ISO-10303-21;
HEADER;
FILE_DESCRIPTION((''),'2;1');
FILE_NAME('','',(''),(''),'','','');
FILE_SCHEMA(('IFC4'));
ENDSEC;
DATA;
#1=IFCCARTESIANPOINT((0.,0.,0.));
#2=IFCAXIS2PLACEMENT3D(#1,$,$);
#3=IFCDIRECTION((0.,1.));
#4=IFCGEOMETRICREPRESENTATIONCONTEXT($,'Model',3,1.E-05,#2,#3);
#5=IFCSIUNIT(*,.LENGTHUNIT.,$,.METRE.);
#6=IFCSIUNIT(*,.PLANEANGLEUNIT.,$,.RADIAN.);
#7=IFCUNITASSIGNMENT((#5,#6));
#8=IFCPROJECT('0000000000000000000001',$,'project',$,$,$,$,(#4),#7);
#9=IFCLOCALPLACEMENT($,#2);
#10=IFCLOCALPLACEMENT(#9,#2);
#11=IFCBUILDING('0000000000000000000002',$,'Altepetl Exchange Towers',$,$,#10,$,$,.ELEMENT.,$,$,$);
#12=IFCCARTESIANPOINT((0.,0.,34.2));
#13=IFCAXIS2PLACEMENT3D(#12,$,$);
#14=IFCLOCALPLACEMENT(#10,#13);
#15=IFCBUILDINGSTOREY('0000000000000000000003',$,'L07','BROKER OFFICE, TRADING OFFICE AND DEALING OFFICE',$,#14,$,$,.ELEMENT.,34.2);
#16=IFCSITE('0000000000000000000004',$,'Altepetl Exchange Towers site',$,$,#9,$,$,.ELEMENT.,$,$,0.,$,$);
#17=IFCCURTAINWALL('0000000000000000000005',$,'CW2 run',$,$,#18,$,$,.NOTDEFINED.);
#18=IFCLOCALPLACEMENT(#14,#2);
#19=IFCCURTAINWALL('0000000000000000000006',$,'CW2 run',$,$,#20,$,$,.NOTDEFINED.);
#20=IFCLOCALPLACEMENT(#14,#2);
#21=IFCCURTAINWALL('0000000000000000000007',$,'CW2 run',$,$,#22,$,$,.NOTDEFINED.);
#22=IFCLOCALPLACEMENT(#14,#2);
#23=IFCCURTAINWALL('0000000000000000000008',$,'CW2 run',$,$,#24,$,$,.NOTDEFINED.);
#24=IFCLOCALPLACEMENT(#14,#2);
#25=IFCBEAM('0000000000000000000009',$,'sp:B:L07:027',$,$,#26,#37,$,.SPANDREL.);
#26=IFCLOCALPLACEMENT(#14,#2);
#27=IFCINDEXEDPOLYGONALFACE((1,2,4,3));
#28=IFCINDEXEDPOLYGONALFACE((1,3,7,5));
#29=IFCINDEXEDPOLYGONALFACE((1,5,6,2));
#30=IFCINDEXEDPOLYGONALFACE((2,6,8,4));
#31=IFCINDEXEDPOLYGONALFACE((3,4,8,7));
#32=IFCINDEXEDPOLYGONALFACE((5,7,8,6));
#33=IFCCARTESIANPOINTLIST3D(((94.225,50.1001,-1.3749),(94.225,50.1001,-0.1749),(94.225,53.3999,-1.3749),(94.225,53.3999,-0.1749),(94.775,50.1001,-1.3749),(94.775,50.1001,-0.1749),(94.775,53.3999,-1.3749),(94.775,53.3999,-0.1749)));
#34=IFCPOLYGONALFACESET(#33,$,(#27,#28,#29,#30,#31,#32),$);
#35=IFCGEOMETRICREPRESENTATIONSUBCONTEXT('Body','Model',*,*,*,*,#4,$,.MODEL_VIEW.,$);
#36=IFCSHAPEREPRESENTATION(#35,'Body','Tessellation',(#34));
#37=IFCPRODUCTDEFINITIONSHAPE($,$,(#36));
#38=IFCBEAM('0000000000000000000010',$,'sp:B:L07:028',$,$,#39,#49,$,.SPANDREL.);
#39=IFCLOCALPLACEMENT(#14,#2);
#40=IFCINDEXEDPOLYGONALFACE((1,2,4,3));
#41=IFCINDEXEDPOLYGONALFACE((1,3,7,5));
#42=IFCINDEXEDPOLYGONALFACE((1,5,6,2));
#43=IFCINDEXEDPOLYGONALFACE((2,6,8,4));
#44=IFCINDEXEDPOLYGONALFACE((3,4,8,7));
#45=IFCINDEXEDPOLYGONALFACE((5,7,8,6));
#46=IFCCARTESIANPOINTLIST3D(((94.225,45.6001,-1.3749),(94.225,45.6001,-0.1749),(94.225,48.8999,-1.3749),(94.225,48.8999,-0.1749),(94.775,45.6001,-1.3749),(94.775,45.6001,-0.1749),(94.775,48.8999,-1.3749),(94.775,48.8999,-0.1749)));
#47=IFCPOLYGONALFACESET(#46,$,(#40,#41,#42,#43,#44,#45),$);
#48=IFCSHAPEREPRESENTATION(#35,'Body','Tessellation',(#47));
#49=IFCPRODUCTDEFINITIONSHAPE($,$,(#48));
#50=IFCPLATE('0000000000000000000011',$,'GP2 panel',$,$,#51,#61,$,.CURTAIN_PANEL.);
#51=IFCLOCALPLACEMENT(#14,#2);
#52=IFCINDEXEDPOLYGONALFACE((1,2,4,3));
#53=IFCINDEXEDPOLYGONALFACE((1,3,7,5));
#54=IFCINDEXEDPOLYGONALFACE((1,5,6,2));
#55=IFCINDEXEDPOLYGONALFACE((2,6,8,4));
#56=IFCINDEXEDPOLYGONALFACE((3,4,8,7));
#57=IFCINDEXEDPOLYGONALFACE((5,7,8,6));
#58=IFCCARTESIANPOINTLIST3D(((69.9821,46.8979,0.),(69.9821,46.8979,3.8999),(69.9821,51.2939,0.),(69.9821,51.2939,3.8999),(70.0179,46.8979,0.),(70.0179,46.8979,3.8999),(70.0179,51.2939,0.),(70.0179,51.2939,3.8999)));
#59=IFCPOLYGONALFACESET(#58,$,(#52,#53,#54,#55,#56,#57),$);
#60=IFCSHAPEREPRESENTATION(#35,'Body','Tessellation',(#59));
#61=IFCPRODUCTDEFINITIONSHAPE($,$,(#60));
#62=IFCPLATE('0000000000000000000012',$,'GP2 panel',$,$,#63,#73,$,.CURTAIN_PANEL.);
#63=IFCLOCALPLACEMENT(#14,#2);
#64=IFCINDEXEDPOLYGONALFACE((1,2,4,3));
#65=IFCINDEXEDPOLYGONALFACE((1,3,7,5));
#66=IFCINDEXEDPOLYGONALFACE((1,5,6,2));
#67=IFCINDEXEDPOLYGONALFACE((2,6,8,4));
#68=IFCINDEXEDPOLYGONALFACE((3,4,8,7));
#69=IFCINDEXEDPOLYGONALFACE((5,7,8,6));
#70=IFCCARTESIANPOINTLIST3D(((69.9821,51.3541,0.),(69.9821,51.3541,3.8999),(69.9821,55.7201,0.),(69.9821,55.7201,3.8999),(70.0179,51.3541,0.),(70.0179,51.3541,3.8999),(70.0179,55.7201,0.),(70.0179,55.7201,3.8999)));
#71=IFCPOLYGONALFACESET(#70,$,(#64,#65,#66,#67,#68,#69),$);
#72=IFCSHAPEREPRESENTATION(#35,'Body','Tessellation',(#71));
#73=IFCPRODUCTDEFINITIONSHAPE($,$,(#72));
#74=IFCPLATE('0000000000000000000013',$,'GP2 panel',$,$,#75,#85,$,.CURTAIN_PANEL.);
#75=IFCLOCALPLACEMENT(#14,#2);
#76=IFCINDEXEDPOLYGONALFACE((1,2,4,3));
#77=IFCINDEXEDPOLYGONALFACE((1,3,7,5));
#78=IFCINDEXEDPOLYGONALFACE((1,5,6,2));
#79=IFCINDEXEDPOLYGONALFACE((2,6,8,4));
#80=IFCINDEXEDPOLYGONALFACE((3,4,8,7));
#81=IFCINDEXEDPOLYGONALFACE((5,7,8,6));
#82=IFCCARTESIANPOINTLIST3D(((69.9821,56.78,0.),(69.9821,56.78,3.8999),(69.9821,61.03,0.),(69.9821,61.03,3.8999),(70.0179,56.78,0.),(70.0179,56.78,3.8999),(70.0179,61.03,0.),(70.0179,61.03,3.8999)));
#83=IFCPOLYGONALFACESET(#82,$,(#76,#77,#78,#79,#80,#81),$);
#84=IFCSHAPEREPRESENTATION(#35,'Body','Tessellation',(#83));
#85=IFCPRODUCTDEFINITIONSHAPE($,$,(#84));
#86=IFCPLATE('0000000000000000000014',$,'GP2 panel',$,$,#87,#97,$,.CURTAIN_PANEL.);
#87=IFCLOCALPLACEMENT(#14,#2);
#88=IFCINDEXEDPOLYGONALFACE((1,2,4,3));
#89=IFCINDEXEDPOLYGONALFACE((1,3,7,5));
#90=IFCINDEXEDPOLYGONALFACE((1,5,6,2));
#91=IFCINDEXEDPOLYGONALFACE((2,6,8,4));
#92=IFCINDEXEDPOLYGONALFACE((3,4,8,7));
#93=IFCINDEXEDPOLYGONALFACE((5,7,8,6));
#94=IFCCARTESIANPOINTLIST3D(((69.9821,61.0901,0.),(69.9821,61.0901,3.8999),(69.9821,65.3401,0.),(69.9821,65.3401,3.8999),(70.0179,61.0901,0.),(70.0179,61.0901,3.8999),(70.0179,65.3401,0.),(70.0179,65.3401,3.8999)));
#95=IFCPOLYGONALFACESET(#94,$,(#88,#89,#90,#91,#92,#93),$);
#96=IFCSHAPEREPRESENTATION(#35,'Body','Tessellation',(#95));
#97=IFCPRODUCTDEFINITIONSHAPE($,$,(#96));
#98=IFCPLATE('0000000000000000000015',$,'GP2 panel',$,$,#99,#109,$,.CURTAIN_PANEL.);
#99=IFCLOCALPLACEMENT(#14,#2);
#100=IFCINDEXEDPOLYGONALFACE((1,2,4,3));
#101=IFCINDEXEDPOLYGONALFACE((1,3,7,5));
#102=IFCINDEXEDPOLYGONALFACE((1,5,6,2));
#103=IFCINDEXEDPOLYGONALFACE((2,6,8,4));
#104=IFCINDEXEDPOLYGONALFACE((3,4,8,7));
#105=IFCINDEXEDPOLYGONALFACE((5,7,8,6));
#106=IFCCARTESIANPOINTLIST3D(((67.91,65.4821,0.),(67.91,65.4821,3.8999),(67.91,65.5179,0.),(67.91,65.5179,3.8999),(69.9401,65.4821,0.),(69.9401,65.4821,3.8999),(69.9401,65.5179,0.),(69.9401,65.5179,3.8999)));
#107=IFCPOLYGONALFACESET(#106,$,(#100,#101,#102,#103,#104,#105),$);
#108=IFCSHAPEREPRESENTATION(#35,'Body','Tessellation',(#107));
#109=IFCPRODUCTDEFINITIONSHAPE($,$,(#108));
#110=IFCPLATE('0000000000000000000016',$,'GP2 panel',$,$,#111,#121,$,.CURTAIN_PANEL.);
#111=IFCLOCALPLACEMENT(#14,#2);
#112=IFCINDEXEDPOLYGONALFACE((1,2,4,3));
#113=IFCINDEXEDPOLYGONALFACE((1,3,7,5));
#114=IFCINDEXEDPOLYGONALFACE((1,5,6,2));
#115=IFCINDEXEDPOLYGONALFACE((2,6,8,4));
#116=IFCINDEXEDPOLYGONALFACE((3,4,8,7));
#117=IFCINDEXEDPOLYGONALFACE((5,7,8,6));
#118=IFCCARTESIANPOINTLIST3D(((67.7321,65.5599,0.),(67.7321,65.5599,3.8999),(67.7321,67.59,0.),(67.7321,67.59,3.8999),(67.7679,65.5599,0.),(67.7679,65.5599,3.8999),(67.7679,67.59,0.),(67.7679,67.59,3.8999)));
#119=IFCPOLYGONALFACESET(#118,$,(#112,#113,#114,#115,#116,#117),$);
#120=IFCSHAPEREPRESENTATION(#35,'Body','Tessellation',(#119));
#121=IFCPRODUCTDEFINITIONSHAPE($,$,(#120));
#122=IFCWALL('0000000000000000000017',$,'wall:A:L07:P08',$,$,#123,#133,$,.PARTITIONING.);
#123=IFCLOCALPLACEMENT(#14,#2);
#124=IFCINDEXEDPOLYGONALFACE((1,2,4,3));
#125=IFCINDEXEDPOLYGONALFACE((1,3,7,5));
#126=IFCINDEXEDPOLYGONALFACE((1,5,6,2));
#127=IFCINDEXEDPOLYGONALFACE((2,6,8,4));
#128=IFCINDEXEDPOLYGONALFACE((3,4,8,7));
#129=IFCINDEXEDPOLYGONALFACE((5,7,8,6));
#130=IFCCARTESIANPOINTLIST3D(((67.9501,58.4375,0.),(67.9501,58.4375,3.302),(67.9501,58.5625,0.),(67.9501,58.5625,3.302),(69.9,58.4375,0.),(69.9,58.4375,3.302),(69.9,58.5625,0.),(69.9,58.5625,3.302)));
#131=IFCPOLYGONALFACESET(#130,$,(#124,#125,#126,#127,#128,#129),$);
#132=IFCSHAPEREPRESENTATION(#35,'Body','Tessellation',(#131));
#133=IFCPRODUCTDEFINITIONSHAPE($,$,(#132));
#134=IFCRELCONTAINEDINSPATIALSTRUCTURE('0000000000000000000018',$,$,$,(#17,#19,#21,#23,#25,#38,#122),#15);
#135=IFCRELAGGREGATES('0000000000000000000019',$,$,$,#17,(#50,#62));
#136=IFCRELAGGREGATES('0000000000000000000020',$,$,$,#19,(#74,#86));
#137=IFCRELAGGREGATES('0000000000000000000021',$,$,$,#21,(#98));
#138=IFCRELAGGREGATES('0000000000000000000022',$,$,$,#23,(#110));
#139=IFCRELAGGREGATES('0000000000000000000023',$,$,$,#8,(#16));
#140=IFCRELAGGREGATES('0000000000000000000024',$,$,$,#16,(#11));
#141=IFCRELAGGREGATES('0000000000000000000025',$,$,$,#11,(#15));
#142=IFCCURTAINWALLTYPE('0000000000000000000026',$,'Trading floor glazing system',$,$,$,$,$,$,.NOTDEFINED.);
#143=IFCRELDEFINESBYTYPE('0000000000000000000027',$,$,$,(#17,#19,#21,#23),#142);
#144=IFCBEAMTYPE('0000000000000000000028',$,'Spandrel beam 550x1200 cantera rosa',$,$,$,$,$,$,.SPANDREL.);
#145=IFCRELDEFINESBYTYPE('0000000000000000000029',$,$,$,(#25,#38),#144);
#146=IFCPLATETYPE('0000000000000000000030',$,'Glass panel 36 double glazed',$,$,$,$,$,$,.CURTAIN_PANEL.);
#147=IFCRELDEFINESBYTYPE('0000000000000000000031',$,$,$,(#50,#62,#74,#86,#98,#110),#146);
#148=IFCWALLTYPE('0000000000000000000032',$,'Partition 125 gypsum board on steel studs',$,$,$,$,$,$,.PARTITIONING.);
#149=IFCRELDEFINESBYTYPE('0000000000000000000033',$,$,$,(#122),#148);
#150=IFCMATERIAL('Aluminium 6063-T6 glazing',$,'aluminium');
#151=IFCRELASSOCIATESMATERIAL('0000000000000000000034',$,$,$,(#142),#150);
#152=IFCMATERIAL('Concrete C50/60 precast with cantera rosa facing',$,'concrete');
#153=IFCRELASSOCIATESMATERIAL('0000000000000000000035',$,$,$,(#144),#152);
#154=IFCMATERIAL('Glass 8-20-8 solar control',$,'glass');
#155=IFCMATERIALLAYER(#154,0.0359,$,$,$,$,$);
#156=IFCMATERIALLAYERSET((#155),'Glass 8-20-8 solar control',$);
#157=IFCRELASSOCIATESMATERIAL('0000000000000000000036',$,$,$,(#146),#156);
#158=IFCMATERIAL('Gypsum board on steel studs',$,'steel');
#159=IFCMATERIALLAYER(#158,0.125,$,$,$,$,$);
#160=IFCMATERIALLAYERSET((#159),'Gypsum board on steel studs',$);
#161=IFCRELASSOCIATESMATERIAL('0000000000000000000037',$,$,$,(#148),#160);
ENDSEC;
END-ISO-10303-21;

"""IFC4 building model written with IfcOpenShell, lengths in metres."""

from ifc_helpers import new_model, si_unit, direction, frame, frame_2d, origin, origin_2d, place, context, subcontext, project, spatial, rectangle, extrude, material, layer, layer_set, material_profile, profile_set, type_object, element, aggregate, save


model = new_model("IFC4")

# Units and contexts
model_context = context("Model", 3, precision=1e-05, world=origin(), true_north=direction((0.0, 1.0)))
body_context = subcontext(model_context, "Body", "Model", "MODEL_VIEW")
ifc_project = project(units=[si_unit("LENGTHUNIT", "METRE"), si_unit("PLANEANGLEUNIT", "RADIAN")], contexts=[model_context])

# Site, building, storey
site_placement = place(None, origin())
site = spatial("IfcSite", under=ifc_project, at=site_placement, Name="Altepetl Exchange Towers site", CompositionType="ELEMENT", RefElevation=0.0)
building_placement = place(site_placement, origin())
building = spatial("IfcBuilding", under=site, at=building_placement, Name="Altepetl Exchange Towers", CompositionType="ELEMENT")
storey_placement = place(building_placement, frame((0.0, 0.0, 34.2)))
storey = spatial("IfcBuildingStorey", under=building, at=storey_placement, Name="L07", Description="BROKER OFFICE, TRADING OFFICE AND DEALING OFFICE", CompositionType="ELEMENT", Elevation=34.2)

# Curtain walls
ifc_material_1 = material(Name="Aluminium 6063-T6 glazing", Category="aluminium")
curtain_wall_type = type_object("IfcCurtainWallType", Name="Trading floor glazing system", PredefinedType="NOTDEFINED", material=ifc_material_1)
curtain_wall_1_placement = place(storey_placement, origin())
curtain_wall_1 = element("IfcCurtainWall", 1, at=curtain_wall_1_placement, inside=storey, type_object=curtain_wall_type, Name="CW2 run", PredefinedType="NOTDEFINED")
curtain_wall_2_placement = place(storey_placement, origin())
curtain_wall_2 = element("IfcCurtainWall", 2, at=curtain_wall_2_placement, inside=storey, type_object=curtain_wall_type, Name="CW2 run", PredefinedType="NOTDEFINED")
curtain_wall_3_placement = place(storey_placement, origin())
curtain_wall_3 = element("IfcCurtainWall", 3, at=curtain_wall_3_placement, inside=storey, type_object=curtain_wall_type, Name="CW2 run", PredefinedType="NOTDEFINED")
curtain_wall_4_placement = place(storey_placement, origin())
curtain_wall_4 = element("IfcCurtainWall", 4, at=curtain_wall_4_placement, inside=storey, type_object=curtain_wall_type, Name="CW2 run", PredefinedType="NOTDEFINED")

# Beams
ifc_material_2 = material(Name="Concrete C50/60 precast with cantera rosa facing", Category="concrete")
ifc_material_profile_1 = material_profile(ifc_material_2, rectangle(XDim=0.55, YDim=1.2, at=origin_2d()), Name="550 x 1200")
ifc_profile_set_1 = profile_set([ifc_material_profile_1], Name="Concrete C50/60 precast with cantera rosa facing")
beam_type_1 = type_object("IfcBeamType", Name="Spandrel beam 550x1200 cantera rosa", PredefinedType="SPANDREL", material=ifc_profile_set_1)
for number, where, z_axis, x_axis, name in (
    (5, (94.5, 53.3999, -0.7749), (0.0, -1.0, 0.0), (1.0, 0.0, 0.0), "sp:B:L07:027"),
    (6, (94.5, 48.8999, -0.7749), (0.0, -1.0, 0.0), (1.0, 0.0, 0.0), "sp:B:L07:028"),
):
    element("IfcBeam", number, at=place(storey_placement, frame(where, z_axis=z_axis, x_axis=x_axis)), inside=storey, type_object=beam_type_1, Name=name, PredefinedType="SPANDREL", context=body_context, shape_type="SweptSolid", body=[
        extrude(rectangle(XDim=0.55, YDim=1.2, at=origin_2d()), origin(), (0.0, 0.0, 1.0), 3.2998),
    ])

# Plates
ifc_material_3 = material(Name="Glass 8-20-8 solar control", Category="glass")
ifc_layer_1 = layer(ifc_material_3, 0.0359)
ifc_layer_set_1 = layer_set([ifc_layer_1], Name="Glass 8-20-8 solar control")
plate_type = type_object("IfcPlateType", Name="Glass panel 36 double glazed", PredefinedType="CURTAIN_PANEL", material=ifc_layer_set_1)
plate_1_placement = place(storey_placement, frame((70.0, 49.0959, 0.0), z_axis=(0.0, 0.0, 1.0), x_axis=(0.0, 1.0, 0.0)))
plate_1 = element("IfcPlate", 7, at=plate_1_placement, type_object=plate_type, Name="GP2 panel", PredefinedType="CURTAIN_PANEL", context=body_context, shape_type="SweptSolid", body=[
    extrude(rectangle(XDim=4.396, YDim=0.0359, at=origin_2d()), origin(), (0.0, 0.0, 1.0), 3.8999),
])
plate_2_placement = place(storey_placement, frame((70.0, 53.5371, 0.0), z_axis=(0.0, 0.0, 1.0), x_axis=(0.0, 1.0, 0.0)))
plate_2 = element("IfcPlate", 8, at=plate_2_placement, type_object=plate_type, Name="GP2 panel", PredefinedType="CURTAIN_PANEL", context=body_context, shape_type="SweptSolid", body=[
    extrude(rectangle(XDim=4.366, YDim=0.0359, at=origin_2d()), origin(), (0.0, 0.0, 1.0), 3.8999),
])
aggregate(curtain_wall_1, [plate_1, plate_2])
plate_3_placement = place(storey_placement, frame((70.0, 58.905, 0.0), z_axis=(0.0, 0.0, 1.0), x_axis=(0.0, 1.0, 0.0)))
plate_3 = element("IfcPlate", 9, at=plate_3_placement, type_object=plate_type, Name="GP2 panel", PredefinedType="CURTAIN_PANEL", context=body_context, shape_type="SweptSolid", body=[
    extrude(rectangle(XDim=4.25, YDim=0.0359, at=origin_2d()), origin(), (0.0, 0.0, 1.0), 3.8999),
])
plate_4_placement = place(storey_placement, frame((70.0, 63.2151, 0.0), z_axis=(0.0, 0.0, 1.0), x_axis=(0.0, 1.0, 0.0)))
plate_4 = element("IfcPlate", 10, at=plate_4_placement, type_object=plate_type, Name="GP2 panel", PredefinedType="CURTAIN_PANEL", context=body_context, shape_type="SweptSolid", body=[
    extrude(rectangle(XDim=4.25, YDim=0.0359, at=origin_2d()), origin(), (0.0, 0.0, 1.0), 3.8999),
])
aggregate(curtain_wall_2, [plate_3, plate_4])
plate_5_placement = place(storey_placement, frame((68.925, 65.5, 0.0), z_axis=(0.0, 0.0, 1.0), x_axis=(-1.0, 0.0, 0.0)))
plate_5 = element("IfcPlate", 11, at=plate_5_placement, type_object=plate_type, Name="GP2 panel", PredefinedType="CURTAIN_PANEL", context=body_context, shape_type="SweptSolid", body=[
    extrude(rectangle(XDim=2.03, YDim=0.0359, at=origin_2d()), origin(), (0.0, 0.0, 1.0), 3.8999),
])
aggregate(curtain_wall_3, [plate_5])
plate_6_placement = place(storey_placement, frame((67.75, 66.575, 0.0), z_axis=(0.0, 0.0, 1.0), x_axis=(0.0, 1.0, 0.0)))
plate_6 = element("IfcPlate", 12, at=plate_6_placement, type_object=plate_type, Name="GP2 panel", PredefinedType="CURTAIN_PANEL", context=body_context, shape_type="SweptSolid", body=[
    extrude(rectangle(XDim=2.03, YDim=0.0359, at=origin_2d()), origin(), (0.0, 0.0, 1.0), 3.8999),
])
aggregate(curtain_wall_4, [plate_6])

# Wall
ifc_material_4 = material(Name="Gypsum board on steel studs", Category="steel")
ifc_layer_2 = layer(ifc_material_4, 0.125)
ifc_layer_set_2 = layer_set([ifc_layer_2], Name="Gypsum board on steel studs")
wall_type = type_object("IfcWallType", Name="Partition 125 gypsum board on steel studs", PredefinedType="PARTITIONING", material=ifc_layer_set_2)
wall_placement = place(storey_placement, frame((67.95, 58.5, 0.0)))
element("IfcWall", 13, at=wall_placement, inside=storey, type_object=wall_type, Name="wall:A:L07:P08", PredefinedType="PARTITIONING", context=body_context, shape_type="SweptSolid", body=[
    extrude(rectangle(XDim=1.95, YDim=0.125, at=frame_2d((0.9751, 0.0))), origin(), (0.0, 0.0, 1.0), 3.302),
])

save(model, "model.ifc")
